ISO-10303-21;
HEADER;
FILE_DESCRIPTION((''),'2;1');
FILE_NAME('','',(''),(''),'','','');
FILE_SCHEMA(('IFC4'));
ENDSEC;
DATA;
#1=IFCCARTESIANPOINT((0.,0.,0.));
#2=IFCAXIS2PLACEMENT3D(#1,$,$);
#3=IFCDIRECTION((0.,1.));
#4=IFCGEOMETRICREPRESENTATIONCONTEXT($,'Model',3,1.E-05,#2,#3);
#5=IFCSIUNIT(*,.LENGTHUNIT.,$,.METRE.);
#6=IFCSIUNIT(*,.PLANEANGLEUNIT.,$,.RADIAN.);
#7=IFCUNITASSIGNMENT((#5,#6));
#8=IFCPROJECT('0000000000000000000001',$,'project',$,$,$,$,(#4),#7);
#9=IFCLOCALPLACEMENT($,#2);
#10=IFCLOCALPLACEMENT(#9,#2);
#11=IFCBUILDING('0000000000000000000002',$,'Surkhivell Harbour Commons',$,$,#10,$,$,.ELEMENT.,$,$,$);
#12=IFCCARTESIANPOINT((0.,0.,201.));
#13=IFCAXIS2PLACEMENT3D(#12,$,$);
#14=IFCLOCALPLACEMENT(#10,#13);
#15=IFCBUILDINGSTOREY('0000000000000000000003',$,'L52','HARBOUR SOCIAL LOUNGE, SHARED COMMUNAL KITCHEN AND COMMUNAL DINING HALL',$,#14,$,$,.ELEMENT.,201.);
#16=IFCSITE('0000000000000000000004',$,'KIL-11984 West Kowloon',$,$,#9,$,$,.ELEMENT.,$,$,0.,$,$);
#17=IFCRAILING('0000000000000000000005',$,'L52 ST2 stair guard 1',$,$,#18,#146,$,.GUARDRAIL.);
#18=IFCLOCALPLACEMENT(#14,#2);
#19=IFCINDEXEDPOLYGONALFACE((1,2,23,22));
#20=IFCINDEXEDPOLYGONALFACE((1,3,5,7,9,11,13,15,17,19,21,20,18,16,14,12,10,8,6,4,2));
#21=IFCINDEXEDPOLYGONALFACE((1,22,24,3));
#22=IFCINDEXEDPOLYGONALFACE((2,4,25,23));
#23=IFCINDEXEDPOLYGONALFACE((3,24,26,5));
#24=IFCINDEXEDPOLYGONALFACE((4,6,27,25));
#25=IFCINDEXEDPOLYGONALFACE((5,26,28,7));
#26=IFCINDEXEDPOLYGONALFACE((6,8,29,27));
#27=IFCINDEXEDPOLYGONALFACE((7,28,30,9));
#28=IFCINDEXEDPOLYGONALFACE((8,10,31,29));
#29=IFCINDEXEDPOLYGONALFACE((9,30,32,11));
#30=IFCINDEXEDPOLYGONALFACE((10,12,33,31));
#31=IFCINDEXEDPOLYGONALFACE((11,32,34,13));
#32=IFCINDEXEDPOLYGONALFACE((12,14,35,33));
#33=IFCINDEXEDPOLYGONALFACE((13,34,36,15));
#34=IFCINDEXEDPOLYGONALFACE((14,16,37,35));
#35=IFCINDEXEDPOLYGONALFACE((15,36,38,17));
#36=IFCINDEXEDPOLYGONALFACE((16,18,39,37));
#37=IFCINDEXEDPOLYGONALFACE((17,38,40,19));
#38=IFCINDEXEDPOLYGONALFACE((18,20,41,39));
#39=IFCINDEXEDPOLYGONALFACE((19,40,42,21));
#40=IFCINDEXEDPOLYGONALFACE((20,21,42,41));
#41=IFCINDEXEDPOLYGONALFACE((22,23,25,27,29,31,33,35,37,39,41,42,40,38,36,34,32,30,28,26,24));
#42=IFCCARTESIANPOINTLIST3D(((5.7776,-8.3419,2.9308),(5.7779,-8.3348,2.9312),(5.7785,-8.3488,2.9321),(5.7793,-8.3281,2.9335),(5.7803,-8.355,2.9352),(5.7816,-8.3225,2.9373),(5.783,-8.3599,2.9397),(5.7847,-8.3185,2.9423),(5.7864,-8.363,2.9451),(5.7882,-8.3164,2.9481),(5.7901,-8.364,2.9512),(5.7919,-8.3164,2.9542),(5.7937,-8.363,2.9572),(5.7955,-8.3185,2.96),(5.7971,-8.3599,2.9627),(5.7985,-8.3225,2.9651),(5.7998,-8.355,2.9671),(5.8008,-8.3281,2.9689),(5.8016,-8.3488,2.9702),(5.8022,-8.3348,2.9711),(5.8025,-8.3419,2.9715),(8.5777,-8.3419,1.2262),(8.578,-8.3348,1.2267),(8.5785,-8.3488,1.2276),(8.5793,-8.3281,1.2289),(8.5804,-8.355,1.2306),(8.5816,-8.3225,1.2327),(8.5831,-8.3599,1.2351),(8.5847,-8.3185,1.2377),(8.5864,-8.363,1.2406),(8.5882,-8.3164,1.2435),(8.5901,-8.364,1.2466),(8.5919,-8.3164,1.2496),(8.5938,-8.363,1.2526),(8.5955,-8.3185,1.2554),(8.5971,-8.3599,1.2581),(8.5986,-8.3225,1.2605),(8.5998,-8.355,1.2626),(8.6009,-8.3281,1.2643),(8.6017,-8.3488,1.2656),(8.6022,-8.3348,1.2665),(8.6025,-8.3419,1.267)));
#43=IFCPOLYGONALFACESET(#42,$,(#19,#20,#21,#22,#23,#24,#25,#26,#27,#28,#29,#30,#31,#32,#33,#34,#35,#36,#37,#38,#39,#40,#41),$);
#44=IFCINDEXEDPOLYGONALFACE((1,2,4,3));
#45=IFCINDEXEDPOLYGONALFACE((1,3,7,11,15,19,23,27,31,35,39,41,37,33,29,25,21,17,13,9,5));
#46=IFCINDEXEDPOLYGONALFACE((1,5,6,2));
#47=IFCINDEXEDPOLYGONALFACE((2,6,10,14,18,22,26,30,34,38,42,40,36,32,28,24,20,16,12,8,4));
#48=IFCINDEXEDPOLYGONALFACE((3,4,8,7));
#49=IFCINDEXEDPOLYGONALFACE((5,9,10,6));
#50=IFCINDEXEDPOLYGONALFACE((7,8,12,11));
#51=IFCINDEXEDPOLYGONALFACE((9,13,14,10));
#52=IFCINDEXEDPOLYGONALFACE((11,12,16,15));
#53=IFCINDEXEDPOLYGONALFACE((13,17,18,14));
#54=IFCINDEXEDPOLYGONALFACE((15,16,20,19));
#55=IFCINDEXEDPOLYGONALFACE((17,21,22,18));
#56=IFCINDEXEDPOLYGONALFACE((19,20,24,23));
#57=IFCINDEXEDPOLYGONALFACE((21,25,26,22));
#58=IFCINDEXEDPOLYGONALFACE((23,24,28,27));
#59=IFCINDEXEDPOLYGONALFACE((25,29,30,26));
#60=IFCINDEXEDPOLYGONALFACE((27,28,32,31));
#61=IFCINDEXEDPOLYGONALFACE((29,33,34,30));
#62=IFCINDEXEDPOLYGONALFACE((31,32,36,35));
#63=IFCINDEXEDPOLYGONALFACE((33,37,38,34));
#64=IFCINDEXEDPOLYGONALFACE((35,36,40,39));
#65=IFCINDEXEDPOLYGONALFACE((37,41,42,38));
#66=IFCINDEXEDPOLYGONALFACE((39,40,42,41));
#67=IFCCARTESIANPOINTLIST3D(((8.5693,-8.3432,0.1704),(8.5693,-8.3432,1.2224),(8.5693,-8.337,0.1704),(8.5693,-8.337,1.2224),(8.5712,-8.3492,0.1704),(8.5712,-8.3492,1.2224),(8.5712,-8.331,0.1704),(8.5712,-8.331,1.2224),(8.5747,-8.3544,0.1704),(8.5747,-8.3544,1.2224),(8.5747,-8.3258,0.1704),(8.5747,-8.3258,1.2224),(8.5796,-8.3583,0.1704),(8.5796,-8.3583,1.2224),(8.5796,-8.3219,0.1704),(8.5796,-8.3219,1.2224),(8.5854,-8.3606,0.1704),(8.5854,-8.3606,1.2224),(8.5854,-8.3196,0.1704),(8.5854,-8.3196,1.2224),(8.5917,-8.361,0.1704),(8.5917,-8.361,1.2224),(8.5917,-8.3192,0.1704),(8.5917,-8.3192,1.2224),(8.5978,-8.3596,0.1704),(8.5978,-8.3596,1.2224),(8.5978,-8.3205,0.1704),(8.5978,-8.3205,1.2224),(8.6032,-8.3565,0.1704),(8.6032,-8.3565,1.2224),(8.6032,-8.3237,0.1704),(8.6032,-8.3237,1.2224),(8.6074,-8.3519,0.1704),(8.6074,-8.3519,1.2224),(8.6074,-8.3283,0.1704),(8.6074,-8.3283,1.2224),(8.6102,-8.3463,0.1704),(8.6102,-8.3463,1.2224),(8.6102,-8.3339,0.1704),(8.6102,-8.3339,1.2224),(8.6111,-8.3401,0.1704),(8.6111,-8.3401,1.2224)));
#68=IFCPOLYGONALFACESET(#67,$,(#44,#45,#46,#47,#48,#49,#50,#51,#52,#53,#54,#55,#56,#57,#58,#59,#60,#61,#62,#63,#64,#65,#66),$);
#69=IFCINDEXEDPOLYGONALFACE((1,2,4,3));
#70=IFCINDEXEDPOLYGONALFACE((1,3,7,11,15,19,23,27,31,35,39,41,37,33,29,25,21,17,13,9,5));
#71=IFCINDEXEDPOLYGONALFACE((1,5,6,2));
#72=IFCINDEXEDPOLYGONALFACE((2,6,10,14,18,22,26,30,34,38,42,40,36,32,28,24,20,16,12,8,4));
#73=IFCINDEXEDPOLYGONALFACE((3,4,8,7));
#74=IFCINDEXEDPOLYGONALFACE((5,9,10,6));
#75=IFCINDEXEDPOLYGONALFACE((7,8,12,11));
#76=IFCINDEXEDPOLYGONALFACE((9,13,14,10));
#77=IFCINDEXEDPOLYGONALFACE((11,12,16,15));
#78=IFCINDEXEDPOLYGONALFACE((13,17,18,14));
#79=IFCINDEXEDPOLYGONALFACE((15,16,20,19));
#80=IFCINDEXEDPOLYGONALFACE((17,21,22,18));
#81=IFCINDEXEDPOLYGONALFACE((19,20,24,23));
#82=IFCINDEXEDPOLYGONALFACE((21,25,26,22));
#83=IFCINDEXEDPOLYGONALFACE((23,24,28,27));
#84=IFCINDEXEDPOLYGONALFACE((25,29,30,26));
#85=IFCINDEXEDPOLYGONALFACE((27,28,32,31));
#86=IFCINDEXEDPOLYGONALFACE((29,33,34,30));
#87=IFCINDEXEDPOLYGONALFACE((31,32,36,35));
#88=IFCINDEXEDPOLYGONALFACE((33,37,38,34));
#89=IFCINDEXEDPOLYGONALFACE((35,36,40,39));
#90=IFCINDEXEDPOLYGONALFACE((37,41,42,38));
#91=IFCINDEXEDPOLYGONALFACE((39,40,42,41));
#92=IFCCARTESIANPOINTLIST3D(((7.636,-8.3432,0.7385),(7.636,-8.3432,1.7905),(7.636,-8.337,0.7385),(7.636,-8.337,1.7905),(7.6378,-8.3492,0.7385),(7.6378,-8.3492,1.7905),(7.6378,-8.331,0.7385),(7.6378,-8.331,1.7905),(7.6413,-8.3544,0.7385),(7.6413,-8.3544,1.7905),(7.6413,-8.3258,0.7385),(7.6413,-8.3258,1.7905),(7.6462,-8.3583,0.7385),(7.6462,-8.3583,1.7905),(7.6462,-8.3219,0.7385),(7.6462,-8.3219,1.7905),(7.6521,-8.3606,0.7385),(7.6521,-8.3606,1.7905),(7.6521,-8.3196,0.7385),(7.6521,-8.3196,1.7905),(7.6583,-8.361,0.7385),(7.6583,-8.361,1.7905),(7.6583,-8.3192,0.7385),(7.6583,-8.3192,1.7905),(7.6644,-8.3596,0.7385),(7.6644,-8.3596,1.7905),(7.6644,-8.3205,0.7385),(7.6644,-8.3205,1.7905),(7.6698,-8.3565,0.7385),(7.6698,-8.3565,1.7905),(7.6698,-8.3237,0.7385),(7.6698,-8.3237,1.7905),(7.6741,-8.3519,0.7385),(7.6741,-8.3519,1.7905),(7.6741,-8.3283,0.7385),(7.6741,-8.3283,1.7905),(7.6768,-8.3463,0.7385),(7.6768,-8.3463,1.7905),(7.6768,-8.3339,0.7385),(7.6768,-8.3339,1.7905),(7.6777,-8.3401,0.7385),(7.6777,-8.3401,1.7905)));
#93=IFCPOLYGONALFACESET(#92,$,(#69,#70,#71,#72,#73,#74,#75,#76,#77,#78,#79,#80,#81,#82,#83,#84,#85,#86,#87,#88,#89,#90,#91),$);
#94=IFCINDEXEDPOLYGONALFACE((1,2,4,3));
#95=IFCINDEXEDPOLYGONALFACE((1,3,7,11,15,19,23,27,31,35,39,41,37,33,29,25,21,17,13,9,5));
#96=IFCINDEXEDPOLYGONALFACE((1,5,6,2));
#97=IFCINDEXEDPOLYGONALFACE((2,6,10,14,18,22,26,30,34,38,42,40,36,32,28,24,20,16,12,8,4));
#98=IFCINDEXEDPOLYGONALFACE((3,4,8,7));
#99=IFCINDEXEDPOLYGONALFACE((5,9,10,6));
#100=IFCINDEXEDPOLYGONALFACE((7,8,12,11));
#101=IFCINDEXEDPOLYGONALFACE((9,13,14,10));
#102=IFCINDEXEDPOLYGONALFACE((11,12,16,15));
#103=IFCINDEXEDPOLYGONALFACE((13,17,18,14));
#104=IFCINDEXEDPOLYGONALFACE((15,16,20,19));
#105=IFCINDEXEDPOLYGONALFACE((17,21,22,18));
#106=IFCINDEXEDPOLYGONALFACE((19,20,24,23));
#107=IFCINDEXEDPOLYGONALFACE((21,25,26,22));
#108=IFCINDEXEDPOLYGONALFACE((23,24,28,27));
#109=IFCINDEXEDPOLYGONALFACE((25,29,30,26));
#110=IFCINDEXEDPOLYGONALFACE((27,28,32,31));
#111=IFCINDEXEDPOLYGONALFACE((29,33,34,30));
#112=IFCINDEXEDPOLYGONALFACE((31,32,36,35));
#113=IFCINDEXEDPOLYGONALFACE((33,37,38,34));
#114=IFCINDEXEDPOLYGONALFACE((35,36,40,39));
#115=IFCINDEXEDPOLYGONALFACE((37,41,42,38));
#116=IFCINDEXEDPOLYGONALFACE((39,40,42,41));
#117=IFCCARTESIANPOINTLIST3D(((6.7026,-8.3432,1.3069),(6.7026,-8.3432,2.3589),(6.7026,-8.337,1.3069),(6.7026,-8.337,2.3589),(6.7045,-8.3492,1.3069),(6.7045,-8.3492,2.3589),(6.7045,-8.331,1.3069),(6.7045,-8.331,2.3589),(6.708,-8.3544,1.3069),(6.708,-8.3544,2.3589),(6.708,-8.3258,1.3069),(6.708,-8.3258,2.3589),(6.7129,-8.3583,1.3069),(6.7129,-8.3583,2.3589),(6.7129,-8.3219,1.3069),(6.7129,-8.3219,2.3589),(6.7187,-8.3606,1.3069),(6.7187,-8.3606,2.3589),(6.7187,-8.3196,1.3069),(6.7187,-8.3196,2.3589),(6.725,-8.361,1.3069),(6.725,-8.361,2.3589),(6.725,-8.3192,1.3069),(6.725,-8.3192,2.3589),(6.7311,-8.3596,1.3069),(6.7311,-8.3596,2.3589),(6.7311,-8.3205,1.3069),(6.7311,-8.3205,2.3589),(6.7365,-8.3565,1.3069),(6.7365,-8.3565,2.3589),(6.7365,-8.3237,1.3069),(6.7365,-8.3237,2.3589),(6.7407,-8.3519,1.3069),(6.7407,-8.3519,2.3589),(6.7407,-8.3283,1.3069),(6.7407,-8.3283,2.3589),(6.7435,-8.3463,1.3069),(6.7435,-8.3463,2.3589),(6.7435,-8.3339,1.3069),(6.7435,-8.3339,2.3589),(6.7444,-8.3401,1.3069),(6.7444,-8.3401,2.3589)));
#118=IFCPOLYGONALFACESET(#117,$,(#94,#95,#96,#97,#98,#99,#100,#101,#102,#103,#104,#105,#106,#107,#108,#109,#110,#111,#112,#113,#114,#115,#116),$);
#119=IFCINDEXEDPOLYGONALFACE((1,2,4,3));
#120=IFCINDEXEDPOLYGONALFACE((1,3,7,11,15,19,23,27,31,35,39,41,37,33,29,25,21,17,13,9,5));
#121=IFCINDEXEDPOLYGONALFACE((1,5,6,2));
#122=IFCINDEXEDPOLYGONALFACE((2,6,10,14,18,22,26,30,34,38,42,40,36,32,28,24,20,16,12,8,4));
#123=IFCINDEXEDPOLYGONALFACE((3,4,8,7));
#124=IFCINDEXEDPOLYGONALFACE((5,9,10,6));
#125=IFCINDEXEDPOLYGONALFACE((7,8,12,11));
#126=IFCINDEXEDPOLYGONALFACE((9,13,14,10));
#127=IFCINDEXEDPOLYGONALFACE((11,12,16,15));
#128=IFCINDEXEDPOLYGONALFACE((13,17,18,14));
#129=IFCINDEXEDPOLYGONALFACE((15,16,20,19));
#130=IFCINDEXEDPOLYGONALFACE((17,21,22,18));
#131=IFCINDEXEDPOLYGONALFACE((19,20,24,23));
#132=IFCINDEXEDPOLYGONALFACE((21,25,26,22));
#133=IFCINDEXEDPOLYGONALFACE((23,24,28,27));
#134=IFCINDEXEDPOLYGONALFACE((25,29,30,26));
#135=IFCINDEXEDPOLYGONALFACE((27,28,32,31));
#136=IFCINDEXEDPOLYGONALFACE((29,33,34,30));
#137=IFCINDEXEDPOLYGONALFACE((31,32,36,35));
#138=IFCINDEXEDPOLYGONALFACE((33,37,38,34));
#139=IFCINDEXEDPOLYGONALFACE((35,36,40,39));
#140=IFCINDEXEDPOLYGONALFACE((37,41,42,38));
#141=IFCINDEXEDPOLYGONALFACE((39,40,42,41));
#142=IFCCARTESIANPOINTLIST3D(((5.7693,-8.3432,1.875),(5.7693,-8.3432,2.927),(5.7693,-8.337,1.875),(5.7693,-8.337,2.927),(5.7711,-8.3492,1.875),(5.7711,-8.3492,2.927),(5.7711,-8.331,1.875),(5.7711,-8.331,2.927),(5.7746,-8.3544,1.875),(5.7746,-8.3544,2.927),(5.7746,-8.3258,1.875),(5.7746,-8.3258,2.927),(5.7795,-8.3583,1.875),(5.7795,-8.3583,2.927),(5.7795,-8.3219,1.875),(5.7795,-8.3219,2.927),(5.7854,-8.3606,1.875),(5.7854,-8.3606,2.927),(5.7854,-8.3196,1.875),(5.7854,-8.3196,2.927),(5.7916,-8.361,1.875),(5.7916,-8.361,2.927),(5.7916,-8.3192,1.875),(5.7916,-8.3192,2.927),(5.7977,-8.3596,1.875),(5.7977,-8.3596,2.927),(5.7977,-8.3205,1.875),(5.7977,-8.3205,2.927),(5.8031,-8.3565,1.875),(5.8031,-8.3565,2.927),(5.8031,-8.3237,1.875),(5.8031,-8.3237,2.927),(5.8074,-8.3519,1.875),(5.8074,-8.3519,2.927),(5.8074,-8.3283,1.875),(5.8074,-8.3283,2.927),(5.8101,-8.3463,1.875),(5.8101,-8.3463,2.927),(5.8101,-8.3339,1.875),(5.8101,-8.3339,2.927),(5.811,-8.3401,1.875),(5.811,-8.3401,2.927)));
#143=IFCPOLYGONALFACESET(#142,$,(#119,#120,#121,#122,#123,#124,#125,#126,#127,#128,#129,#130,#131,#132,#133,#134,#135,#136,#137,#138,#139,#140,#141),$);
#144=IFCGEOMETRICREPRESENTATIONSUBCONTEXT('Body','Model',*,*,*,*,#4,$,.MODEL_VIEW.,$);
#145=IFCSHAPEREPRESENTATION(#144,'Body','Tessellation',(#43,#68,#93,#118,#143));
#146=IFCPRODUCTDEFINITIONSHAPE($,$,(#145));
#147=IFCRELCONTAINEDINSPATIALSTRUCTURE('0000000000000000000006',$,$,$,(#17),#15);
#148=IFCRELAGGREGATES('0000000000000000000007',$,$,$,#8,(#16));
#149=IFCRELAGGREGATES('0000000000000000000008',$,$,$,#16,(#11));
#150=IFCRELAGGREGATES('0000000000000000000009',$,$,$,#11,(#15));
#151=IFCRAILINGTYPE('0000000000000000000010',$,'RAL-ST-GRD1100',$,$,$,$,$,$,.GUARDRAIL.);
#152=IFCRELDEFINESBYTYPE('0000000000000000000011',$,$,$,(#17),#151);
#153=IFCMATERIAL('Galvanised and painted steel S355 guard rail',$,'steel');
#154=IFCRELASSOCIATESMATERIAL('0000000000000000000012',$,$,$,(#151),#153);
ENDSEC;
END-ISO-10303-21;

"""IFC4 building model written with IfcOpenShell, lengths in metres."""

from ifc_helpers import new_model, si_unit, direction, frame, origin, origin_2d, place, context, subcontext, project, spatial, circle, extrude, material, type_object, element, save


model = new_model("IFC4")

# Units and contexts
model_context = context("Model", 3, precision=1e-05, world=origin(), true_north=direction((0.0, 1.0)))
body_context = subcontext(model_context, "Body", "Model", "MODEL_VIEW")
ifc_project = project(units=[si_unit("LENGTHUNIT", "METRE"), si_unit("PLANEANGLEUNIT", "RADIAN")], contexts=[model_context])

# Site, building, storey
site_placement = place(None, origin())
site = spatial("IfcSite", under=ifc_project, at=site_placement, Name="KIL-11984 West Kowloon", CompositionType="ELEMENT", RefElevation=0.0)
building_placement = place(site_placement, origin())
building = spatial("IfcBuilding", under=site, at=building_placement, Name="Surkhivell Harbour Commons", CompositionType="ELEMENT")
storey_placement = place(building_placement, frame((0.0, 0.0, 201.0)))
storey = spatial("IfcBuildingStorey", under=building, at=storey_placement, Name="L52", Description="HARBOUR SOCIAL LOUNGE, SHARED COMMUNAL KITCHEN AND COMMUNAL DINING HALL", CompositionType="ELEMENT", Elevation=201.0)

# Railing
ifc_material_1 = material(Name="Galvanised and painted steel S355 guard rail", Category="steel")
railing_type_1 = type_object("IfcRailingType", Name="RAL-ST-GRD1100", PredefinedType="GUARDRAIL", material=ifc_material_1)
railing_1_placement = place(storey_placement, frame((8.5901, -8.3401, 0.1704)))
element("IfcRailing", 1, at=railing_1_placement, inside=storey, type_object=railing_type_1, Name="L52 ST2 stair guard 1", PredefinedType="GUARDRAIL", context=body_context, shape_type="SweptSolid", body=[
    extrude(circle(Radius=0.0239, at=origin_2d()), frame((0.0, 0.0, 1.0762), z_axis=(-0.85417, 0.0, 0.519994), x_axis=(0.0, -1.0, 0.0)), (0.0, 0.0, 1.0), 3.2781),
    extrude(circle(Radius=0.021, at=origin_2d()), origin(), (0.0, 0.0, 1.0), 1.052),
    extrude(circle(Radius=0.021, at=origin_2d()), frame((-0.9333, 0.0, 0.5681)), (0.0, 0.0, 1.0), 1.052),
    extrude(circle(Radius=0.021, at=origin_2d()), frame((-1.8667, 0.0, 1.1365)), (0.0, 0.0, 1.0), 1.052),
    extrude(circle(Radius=0.021, at=origin_2d()), frame((-2.8, 0.0, 1.7046)), (0.0, 0.0, 1.0), 1.052),
])

save(model, "model.ifc")
